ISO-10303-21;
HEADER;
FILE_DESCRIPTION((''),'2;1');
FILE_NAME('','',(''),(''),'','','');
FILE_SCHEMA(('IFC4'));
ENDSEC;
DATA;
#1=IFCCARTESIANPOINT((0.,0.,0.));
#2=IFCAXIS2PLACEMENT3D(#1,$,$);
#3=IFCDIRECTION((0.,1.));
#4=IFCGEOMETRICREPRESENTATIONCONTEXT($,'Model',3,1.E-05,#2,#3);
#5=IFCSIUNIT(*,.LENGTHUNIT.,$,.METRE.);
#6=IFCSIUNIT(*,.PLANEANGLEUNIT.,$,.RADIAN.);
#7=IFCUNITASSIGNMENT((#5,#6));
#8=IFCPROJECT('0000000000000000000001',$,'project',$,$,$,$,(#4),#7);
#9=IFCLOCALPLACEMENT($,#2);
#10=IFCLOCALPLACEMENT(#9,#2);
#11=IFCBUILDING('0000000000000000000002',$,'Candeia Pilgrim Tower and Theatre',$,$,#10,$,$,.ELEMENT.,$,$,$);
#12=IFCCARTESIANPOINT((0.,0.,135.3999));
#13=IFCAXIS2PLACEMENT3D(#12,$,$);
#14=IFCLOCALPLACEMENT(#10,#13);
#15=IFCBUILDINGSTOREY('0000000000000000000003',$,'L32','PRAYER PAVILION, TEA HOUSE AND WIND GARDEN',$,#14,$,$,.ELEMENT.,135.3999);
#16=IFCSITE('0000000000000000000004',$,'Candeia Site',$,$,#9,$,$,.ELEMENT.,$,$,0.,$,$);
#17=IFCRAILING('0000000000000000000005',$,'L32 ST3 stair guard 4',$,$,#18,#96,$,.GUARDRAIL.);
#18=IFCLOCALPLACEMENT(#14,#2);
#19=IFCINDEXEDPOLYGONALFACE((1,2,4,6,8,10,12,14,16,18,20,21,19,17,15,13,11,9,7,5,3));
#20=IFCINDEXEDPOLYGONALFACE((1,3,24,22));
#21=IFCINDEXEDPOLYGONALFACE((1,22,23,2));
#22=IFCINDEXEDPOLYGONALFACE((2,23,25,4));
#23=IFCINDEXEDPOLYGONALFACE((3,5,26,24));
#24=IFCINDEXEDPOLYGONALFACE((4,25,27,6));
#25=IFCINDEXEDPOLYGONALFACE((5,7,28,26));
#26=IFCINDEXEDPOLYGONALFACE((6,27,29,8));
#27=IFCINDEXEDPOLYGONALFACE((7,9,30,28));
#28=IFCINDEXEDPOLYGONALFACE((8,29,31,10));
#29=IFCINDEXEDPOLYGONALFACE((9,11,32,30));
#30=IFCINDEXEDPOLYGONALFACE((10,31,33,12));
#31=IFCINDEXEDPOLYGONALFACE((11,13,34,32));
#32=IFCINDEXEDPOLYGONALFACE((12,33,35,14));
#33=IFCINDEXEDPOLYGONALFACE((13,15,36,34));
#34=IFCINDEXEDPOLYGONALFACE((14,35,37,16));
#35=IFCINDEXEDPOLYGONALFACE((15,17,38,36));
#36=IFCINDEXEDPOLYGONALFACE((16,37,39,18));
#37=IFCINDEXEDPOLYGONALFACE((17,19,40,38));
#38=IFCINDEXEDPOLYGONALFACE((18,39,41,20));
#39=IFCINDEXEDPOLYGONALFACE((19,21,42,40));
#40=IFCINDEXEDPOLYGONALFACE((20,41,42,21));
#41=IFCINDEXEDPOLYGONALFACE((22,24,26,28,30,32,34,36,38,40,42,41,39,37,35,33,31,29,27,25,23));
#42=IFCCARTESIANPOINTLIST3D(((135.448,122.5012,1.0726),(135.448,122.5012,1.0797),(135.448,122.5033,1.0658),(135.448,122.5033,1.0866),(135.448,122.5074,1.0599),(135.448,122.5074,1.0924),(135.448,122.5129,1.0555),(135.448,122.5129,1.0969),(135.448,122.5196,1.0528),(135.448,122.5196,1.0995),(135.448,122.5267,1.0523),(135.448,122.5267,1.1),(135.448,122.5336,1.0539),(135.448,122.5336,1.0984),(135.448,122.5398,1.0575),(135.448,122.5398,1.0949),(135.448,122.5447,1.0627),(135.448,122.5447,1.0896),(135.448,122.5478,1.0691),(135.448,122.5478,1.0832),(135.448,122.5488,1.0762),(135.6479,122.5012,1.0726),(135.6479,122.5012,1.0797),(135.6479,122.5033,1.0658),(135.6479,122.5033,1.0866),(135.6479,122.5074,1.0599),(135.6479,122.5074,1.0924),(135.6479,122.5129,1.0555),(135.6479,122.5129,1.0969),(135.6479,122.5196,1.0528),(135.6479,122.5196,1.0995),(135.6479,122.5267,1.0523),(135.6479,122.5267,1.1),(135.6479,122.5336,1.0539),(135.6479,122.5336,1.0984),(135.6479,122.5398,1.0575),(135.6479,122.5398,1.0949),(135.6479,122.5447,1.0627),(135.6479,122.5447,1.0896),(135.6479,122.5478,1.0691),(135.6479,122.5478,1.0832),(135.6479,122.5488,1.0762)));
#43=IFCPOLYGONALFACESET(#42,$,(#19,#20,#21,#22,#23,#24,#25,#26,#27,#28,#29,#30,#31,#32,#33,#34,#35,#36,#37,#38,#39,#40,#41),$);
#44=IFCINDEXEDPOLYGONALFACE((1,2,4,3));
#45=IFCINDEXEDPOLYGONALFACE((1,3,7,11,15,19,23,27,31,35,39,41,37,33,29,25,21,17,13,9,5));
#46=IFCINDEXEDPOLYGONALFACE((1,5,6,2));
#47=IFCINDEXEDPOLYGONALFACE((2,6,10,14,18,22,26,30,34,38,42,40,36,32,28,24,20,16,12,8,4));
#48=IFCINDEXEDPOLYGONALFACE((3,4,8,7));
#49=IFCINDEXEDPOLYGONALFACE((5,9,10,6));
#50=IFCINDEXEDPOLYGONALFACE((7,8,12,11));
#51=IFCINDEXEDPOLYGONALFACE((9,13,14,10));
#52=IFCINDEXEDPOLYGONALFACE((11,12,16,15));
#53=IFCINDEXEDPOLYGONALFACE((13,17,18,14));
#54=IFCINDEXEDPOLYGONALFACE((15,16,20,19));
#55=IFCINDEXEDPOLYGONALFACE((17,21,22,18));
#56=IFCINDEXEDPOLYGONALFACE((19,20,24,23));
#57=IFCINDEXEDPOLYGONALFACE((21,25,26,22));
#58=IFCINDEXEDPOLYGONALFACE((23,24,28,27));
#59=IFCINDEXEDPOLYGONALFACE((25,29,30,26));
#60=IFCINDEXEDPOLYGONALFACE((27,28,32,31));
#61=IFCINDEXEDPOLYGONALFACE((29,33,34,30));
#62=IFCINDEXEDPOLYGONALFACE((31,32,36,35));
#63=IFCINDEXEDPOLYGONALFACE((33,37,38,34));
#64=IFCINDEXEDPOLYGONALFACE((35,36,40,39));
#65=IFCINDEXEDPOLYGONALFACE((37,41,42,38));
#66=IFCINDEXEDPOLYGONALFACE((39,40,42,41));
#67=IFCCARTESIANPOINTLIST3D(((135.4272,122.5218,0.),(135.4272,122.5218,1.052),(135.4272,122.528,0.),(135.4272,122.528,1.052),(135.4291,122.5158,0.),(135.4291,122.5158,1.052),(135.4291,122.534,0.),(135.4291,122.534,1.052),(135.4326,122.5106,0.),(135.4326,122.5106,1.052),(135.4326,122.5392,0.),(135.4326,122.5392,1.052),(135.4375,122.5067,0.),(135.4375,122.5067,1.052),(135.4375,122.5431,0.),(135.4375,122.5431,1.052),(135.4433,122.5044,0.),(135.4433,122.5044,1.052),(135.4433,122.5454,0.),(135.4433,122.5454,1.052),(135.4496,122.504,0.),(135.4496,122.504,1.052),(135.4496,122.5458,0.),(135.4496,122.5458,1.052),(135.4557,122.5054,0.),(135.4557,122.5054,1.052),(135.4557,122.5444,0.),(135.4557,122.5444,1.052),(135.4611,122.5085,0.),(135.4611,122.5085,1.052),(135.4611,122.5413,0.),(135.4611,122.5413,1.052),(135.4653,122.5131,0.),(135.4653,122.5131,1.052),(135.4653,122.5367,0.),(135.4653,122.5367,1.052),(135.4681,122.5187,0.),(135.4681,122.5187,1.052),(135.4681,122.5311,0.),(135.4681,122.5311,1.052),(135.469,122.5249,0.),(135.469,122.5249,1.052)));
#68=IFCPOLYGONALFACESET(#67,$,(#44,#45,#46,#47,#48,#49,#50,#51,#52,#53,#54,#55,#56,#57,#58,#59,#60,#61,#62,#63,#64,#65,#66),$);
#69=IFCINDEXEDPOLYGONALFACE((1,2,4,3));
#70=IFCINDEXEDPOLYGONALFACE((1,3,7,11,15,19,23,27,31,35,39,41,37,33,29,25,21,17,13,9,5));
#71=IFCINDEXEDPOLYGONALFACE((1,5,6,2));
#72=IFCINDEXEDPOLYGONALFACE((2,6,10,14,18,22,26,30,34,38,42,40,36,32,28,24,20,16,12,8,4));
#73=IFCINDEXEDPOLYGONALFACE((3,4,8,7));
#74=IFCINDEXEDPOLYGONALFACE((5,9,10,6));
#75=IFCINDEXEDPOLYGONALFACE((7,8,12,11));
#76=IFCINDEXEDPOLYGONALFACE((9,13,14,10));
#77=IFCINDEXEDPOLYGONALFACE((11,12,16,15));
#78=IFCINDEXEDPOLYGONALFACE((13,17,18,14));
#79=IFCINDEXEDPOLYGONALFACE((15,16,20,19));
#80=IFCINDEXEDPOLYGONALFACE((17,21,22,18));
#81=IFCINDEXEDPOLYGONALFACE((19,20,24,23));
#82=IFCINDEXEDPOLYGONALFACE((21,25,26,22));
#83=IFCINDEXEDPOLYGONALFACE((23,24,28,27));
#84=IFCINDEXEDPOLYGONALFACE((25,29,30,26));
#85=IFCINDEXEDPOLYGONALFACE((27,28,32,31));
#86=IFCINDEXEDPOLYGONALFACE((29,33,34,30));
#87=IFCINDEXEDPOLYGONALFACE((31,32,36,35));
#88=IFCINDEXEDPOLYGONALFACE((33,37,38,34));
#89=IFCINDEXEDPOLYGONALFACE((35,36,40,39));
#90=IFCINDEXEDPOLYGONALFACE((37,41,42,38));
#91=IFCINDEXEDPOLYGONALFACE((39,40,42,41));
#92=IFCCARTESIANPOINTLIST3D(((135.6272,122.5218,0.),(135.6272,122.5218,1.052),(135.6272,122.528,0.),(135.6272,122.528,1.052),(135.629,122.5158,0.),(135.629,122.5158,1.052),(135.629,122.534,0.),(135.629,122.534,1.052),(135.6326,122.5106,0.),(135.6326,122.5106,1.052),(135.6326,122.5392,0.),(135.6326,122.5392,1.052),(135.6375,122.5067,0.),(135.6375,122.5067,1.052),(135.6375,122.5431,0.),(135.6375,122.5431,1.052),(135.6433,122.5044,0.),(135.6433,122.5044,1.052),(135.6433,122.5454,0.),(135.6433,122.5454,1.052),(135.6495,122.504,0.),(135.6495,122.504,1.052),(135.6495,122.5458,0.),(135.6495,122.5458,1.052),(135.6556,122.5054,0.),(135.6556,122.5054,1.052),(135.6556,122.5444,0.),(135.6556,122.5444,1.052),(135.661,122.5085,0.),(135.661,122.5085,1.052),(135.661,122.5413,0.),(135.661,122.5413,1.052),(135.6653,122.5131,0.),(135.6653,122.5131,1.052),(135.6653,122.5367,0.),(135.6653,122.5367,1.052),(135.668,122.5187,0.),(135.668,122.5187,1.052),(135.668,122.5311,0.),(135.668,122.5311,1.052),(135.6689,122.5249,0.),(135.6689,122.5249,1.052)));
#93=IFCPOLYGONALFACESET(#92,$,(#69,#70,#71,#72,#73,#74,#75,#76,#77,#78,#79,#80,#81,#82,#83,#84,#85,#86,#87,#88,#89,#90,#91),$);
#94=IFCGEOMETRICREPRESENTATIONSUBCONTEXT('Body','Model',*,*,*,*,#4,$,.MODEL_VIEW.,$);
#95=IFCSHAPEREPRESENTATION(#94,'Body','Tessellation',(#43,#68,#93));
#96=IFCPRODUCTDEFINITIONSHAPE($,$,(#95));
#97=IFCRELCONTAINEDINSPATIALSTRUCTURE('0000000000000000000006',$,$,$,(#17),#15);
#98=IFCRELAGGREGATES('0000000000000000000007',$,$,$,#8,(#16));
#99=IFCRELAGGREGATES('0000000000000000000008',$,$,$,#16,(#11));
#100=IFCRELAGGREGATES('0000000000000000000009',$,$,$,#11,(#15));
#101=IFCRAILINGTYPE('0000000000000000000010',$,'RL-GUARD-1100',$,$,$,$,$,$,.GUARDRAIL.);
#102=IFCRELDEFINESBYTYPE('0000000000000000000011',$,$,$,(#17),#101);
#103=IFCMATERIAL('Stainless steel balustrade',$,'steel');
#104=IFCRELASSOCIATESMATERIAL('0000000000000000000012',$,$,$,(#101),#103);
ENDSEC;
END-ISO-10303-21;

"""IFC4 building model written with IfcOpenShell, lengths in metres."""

from ifc_helpers import new_model, si_unit, direction, frame, origin, origin_2d, place, context, subcontext, project, spatial, circle, extrude, material, type_object, element, save


model = new_model("IFC4")

# Units and contexts
model_context = context("Model", 3, precision=1e-05, world=origin(), true_north=direction((0.0, 1.0)))
body_context = subcontext(model_context, "Body", "Model", "MODEL_VIEW")
ifc_project = project(units=[si_unit("LENGTHUNIT", "METRE"), si_unit("PLANEANGLEUNIT", "RADIAN")], contexts=[model_context])

# Site, building, storey
site_placement = place(None, origin())
site = spatial("IfcSite", under=ifc_project, at=site_placement, Name="Candeia Site", CompositionType="ELEMENT", RefElevation=0.0)
building_placement = place(site_placement, origin())
building = spatial("IfcBuilding", under=site, at=building_placement, Name="Candeia Pilgrim Tower and Theatre", CompositionType="ELEMENT")
storey_placement = place(building_placement, frame((0.0, 0.0, 135.3999)))
storey = spatial("IfcBuildingStorey", under=building, at=storey_placement, Name="L32", Description="PRAYER PAVILION, TEA HOUSE AND WIND GARDEN", CompositionType="ELEMENT", Elevation=135.3999)

# Railing
ifc_material_1 = material(Name="Stainless steel balustrade", Category="steel")
railing_type_1 = type_object("IfcRailingType", Name="RL-GUARD-1100", PredefinedType="GUARDRAIL", material=ifc_material_1)
railing_1_placement = place(storey_placement, frame((135.448, 122.5249, 0.0)))
element("IfcRailing", 1, at=railing_1_placement, inside=storey, type_object=railing_type_1, Name="L32 ST3 stair guard 4", PredefinedType="GUARDRAIL", context=body_context, shape_type="SweptSolid", body=[
    extrude(circle(Radius=0.0239, at=origin_2d()), frame((0.0, 0.0, 1.0762), z_axis=(1.0, 0.0, 0.0), x_axis=(0.0, 1.0, 0.0)), (0.0, 0.0, 1.0), 0.2),
    extrude(circle(Radius=0.021, at=origin_2d()), origin(), (0.0, 0.0, 1.0), 1.052),
    extrude(circle(Radius=0.021, at=origin_2d()), frame((0.2, 0.0, 0.0)), (0.0, 0.0, 1.0), 1.052),
])

save(model, "model.ifc")
